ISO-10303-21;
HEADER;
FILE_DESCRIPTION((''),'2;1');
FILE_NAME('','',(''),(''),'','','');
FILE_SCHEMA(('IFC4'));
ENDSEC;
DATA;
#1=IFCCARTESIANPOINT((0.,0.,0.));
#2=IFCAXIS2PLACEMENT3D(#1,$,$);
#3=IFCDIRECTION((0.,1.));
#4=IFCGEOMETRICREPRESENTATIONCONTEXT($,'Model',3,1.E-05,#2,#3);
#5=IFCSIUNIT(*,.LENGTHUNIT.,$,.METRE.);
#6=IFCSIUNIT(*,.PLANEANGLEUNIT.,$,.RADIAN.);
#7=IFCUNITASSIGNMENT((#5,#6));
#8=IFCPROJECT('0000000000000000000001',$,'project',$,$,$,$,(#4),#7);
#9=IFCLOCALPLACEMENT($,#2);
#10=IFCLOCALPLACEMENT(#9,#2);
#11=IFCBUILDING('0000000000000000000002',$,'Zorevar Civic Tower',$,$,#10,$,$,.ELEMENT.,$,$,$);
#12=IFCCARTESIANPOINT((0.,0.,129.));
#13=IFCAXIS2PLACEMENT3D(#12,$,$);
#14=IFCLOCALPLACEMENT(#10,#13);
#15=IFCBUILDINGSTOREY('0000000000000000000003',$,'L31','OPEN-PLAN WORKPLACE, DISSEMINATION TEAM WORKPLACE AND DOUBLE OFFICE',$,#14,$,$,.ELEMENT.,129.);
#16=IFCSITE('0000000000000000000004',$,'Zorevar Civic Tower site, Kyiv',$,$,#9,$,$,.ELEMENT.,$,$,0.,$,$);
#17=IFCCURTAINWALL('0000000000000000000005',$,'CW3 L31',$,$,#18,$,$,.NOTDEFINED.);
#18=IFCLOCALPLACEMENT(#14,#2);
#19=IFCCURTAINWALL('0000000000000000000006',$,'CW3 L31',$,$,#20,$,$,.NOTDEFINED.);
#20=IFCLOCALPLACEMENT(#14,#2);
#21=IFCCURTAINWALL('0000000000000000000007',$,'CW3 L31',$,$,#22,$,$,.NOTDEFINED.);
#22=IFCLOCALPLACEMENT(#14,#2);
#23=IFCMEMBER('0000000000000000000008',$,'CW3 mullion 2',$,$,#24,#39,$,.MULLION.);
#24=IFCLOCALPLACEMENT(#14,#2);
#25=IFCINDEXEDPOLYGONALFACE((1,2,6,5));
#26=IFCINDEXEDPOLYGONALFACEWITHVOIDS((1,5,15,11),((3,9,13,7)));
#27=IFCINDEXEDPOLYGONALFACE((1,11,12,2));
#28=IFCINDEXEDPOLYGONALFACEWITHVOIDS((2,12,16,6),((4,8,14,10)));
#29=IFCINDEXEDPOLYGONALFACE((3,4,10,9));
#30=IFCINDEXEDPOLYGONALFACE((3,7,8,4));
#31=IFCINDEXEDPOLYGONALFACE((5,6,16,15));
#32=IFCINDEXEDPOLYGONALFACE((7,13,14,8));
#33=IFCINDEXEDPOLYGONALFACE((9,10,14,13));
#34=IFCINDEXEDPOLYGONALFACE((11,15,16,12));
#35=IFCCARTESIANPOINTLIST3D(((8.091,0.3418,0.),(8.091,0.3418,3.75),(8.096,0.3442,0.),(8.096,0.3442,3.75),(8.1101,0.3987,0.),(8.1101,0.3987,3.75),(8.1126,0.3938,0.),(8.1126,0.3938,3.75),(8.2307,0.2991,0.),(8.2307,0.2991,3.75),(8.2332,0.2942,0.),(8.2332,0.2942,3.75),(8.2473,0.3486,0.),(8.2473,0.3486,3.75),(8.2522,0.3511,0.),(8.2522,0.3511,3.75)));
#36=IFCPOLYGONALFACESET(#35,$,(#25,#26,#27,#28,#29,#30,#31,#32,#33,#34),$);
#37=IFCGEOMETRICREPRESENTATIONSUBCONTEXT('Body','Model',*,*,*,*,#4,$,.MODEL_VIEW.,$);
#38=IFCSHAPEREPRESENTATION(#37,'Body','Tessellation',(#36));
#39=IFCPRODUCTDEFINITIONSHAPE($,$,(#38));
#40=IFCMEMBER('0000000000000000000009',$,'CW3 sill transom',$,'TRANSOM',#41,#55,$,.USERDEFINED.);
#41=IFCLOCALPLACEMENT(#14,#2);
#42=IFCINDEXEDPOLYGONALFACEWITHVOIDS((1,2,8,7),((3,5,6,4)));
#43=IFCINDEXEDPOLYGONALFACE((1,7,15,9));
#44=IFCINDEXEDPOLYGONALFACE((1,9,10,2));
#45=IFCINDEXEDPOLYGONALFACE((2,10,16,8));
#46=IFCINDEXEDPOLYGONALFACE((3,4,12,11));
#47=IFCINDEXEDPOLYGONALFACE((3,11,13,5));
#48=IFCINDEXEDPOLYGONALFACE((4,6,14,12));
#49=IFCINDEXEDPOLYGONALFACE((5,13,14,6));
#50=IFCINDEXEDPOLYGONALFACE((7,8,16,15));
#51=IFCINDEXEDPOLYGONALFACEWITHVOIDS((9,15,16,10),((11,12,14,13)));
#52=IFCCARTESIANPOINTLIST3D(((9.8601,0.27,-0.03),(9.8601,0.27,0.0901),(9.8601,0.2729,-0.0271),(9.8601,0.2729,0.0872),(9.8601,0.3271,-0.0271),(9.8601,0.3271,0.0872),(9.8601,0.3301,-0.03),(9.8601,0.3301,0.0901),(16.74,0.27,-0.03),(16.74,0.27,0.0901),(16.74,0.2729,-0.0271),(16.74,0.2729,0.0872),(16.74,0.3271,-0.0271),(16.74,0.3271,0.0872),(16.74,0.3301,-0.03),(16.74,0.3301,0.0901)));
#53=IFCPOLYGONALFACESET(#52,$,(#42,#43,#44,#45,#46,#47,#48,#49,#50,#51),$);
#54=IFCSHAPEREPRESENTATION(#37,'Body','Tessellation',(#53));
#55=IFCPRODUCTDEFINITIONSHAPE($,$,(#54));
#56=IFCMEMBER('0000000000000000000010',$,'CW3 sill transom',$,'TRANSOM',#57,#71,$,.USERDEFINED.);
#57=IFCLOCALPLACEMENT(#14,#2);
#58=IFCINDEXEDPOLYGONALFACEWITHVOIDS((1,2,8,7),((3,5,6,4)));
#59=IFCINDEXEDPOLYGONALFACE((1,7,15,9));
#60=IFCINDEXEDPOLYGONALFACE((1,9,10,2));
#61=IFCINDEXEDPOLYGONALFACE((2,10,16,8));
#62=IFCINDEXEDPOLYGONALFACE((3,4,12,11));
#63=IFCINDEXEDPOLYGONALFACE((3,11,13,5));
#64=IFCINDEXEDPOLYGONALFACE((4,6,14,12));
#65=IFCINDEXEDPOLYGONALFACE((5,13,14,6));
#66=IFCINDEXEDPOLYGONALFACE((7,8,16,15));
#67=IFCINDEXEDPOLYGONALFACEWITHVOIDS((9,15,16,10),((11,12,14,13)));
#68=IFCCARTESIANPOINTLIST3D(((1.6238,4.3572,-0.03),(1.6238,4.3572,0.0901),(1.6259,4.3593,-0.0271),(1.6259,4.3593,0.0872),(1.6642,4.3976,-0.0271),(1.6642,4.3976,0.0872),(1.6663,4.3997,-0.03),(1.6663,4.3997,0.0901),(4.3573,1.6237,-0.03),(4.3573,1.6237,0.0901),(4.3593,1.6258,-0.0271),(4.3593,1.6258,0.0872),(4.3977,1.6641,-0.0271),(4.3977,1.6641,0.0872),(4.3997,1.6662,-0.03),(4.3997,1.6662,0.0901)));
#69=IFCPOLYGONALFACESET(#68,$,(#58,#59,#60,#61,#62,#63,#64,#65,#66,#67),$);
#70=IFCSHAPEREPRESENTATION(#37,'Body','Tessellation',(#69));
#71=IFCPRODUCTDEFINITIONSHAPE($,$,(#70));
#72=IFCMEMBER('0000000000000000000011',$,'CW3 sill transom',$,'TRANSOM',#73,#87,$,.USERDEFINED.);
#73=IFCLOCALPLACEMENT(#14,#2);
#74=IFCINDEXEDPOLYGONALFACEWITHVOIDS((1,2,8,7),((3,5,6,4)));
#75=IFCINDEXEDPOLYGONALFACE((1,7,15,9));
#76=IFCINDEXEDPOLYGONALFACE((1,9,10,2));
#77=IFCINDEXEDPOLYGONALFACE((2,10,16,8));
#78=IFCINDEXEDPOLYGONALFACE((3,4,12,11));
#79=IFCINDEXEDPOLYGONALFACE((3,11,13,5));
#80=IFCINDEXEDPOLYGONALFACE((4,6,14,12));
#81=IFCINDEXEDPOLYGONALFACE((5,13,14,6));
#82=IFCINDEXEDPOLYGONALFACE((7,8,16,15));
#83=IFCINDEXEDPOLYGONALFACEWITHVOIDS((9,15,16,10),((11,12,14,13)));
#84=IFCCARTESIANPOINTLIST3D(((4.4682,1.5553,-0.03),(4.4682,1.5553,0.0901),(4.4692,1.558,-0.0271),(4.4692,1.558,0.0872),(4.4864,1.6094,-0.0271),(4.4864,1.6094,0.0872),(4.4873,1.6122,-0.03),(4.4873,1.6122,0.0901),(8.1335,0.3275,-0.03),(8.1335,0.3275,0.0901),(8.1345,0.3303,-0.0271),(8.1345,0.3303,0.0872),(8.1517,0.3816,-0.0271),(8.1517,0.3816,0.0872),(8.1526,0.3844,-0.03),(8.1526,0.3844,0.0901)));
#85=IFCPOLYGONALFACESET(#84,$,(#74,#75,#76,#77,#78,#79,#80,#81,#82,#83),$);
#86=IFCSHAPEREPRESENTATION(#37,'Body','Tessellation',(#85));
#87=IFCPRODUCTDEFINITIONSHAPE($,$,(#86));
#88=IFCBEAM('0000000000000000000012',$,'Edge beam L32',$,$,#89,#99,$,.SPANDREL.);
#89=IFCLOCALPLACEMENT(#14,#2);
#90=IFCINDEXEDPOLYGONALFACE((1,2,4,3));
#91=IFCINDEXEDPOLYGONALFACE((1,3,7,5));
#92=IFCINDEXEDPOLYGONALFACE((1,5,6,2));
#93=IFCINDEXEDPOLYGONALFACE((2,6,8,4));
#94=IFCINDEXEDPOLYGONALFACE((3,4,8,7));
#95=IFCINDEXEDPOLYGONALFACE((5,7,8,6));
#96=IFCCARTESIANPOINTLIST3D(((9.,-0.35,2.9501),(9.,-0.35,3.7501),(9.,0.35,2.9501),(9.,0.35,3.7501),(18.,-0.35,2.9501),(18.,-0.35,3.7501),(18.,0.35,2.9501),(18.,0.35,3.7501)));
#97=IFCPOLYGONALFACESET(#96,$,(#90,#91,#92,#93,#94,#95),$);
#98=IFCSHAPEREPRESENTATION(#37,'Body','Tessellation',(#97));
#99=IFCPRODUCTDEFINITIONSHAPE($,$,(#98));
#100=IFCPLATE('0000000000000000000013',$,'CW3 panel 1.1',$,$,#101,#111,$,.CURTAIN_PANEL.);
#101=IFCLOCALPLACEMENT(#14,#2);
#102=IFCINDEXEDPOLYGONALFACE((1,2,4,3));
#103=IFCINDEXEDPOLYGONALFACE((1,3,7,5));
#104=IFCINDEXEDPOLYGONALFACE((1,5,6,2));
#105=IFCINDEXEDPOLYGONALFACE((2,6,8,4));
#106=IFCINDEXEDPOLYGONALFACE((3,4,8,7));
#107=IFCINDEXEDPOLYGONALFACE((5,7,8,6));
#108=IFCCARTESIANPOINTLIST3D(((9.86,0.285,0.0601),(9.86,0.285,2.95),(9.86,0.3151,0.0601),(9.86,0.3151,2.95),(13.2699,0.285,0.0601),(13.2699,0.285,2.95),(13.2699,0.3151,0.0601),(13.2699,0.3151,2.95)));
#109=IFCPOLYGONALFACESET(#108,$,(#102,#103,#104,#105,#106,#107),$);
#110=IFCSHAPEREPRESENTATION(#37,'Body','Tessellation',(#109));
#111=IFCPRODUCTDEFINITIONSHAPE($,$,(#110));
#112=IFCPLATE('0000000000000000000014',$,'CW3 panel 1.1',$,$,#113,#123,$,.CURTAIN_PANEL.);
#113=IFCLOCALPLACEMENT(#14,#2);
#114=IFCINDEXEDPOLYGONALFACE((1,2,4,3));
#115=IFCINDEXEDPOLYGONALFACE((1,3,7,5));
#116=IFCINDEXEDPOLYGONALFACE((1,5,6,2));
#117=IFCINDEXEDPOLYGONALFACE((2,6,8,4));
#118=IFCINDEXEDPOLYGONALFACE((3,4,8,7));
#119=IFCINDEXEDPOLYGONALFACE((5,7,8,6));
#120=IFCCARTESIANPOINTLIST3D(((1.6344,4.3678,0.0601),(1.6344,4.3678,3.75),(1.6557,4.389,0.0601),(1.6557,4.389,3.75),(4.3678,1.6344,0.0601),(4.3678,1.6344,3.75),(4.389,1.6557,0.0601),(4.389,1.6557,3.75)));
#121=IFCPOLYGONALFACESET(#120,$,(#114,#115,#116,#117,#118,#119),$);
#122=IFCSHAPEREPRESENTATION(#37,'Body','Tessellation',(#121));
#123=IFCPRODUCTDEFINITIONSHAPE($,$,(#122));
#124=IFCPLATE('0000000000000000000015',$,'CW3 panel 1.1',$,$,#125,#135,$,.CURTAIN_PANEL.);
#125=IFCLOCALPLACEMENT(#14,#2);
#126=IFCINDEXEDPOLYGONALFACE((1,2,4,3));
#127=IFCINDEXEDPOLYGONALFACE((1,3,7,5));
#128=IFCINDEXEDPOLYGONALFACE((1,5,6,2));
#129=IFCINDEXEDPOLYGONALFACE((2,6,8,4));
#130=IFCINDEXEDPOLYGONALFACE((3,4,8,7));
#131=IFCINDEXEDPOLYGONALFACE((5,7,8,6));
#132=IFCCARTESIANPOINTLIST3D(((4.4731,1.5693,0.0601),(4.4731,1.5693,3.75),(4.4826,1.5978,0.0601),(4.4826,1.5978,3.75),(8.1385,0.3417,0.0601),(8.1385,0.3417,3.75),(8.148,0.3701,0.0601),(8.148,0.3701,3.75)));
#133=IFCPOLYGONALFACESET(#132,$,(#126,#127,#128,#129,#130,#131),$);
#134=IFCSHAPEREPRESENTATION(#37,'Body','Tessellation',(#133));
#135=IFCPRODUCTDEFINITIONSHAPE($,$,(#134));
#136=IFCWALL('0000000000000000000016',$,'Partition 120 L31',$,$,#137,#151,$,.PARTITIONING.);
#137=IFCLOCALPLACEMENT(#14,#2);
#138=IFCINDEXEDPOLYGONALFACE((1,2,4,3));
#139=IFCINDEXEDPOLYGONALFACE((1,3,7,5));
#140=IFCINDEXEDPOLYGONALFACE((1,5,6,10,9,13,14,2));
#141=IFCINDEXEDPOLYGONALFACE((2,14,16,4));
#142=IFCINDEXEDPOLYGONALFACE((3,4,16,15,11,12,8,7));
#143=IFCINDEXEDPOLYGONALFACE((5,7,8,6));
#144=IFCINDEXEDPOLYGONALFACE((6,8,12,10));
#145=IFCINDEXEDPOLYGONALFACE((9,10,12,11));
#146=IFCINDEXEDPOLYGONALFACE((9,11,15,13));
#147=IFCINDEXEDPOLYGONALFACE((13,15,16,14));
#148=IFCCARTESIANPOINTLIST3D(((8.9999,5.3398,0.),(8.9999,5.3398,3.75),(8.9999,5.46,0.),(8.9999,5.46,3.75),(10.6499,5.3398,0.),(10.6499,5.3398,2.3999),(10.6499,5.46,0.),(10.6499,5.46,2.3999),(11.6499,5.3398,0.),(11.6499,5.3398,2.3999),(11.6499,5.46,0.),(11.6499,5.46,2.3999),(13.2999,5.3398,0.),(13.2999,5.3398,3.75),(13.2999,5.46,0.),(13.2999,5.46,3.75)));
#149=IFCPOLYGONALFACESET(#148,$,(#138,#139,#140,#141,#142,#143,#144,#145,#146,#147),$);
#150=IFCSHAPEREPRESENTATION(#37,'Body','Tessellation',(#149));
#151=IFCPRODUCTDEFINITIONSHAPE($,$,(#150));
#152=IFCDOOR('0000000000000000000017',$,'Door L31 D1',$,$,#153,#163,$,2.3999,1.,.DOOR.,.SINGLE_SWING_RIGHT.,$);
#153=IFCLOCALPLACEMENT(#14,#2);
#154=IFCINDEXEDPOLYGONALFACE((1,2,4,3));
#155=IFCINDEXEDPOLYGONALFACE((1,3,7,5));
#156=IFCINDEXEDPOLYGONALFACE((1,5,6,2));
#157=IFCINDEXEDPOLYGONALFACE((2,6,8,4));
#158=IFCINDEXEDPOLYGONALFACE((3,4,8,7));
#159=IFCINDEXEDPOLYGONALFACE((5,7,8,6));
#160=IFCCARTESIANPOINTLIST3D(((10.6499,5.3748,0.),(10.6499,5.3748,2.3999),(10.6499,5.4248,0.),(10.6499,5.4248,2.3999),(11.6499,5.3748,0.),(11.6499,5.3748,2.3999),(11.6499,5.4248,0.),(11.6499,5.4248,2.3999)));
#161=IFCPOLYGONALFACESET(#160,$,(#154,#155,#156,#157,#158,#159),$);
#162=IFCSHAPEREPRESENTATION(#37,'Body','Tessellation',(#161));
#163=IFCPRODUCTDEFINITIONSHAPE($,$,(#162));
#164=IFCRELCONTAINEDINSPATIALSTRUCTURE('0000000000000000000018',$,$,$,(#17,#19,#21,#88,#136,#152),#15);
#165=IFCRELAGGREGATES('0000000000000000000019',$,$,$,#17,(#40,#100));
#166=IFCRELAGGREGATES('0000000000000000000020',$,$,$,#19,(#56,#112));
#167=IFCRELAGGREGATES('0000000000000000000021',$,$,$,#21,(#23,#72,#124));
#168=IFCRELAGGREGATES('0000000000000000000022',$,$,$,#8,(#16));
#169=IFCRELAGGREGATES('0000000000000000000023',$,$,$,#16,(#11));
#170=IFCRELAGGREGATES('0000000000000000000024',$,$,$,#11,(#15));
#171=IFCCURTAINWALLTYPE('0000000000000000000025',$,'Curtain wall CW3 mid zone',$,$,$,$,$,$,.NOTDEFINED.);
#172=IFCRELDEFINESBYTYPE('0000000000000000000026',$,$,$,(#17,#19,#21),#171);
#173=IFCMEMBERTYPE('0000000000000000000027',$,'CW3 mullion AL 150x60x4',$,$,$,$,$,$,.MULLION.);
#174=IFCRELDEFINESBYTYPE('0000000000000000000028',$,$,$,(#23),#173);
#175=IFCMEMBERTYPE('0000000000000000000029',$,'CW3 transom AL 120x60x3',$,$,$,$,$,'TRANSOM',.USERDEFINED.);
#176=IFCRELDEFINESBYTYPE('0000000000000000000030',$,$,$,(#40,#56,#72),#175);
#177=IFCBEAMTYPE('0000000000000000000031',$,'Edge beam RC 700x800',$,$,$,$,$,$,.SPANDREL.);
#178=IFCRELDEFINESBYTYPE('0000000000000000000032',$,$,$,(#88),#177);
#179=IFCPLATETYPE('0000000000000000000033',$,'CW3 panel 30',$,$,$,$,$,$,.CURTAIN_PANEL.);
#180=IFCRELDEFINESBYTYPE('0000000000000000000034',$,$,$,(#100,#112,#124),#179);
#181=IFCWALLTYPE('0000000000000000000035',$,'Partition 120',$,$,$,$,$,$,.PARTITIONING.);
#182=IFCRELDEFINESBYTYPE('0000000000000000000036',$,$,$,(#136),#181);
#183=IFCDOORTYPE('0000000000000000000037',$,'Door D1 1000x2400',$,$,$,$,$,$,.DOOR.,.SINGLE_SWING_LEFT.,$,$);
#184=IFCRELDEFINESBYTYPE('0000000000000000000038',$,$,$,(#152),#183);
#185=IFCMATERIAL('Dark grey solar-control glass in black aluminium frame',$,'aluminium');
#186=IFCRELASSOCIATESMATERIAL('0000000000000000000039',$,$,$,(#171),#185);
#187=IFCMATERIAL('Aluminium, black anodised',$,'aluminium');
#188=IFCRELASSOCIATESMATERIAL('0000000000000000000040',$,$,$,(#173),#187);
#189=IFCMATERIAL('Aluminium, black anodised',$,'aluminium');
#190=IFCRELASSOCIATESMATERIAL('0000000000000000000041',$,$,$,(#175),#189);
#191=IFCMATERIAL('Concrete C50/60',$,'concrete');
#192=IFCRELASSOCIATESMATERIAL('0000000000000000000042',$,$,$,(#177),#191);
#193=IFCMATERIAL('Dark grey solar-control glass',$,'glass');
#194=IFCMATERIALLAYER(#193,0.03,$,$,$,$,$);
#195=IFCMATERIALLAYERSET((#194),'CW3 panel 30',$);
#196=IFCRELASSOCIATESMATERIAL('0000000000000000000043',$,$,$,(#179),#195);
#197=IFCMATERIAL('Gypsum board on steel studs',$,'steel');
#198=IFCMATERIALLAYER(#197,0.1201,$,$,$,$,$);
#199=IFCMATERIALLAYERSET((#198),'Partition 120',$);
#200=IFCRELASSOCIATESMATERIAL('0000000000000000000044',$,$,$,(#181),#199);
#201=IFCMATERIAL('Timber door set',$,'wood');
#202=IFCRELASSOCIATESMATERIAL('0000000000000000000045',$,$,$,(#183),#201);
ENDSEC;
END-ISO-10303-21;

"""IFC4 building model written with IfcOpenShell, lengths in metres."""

from ifc_helpers import new_model, si_unit, direction, frame, frame_2d, origin, origin_2d, place, context, subcontext, project, spatial, rectangle, hollow_rectangle, extrude, material, layer, layer_set, material_profile, profile_set, type_object, element, fill, aggregate, save


model = new_model("IFC4")

# Units and contexts
model_context = context("Model", 3, precision=1e-05, world=origin(), true_north=direction((0.0, 1.0)))
body_context = subcontext(model_context, "Body", "Model", "MODEL_VIEW")
ifc_project = project(units=[si_unit("LENGTHUNIT", "METRE"), si_unit("PLANEANGLEUNIT", "RADIAN")], contexts=[model_context])

# Site, building, storey
site_placement = place(None, origin())
site = spatial("IfcSite", under=ifc_project, at=site_placement, Name="Zorevar Civic Tower site, Kyiv", CompositionType="ELEMENT", RefElevation=0.0)
building_placement = place(site_placement, origin())
building = spatial("IfcBuilding", under=site, at=building_placement, Name="Zorevar Civic Tower", CompositionType="ELEMENT")
storey_placement = place(building_placement, frame((0.0, 0.0, 129.0)))
storey = spatial("IfcBuildingStorey", under=building, at=storey_placement, Name="L31", Description="OPEN-PLAN WORKPLACE, DISSEMINATION TEAM WORKPLACE AND DOUBLE OFFICE", CompositionType="ELEMENT", Elevation=129.0)

# Curtain wall
ifc_material_1 = material(Name="Dark grey solar-control glass in black aluminium frame", Category="aluminium")
curtain_wall_type = type_object("IfcCurtainWallType", Name="Curtain wall CW3 mid zone", PredefinedType="NOTDEFINED", material=ifc_material_1)
curtain_wall_1_placement = place(storey_placement, origin())
curtain_wall_1 = element("IfcCurtainWall", 1, at=curtain_wall_1_placement, inside=storey, type_object=curtain_wall_type, Name="CW3 L31", PredefinedType="NOTDEFINED")
ifc_material_2 = material(Name="Aluminium, black anodised", Category="aluminium")
ifc_material_profile_1 = material_profile(ifc_material_2, hollow_rectangle(XDim=0.0601, YDim=0.1499, WallThickness=0.0039, at=origin_2d()), Name="AL 150x60x4")
ifc_profile_set_1 = profile_set([ifc_material_profile_1], Name="Aluminium, black anodised")
member_type_1 = type_object("IfcMemberType", Name="CW3 mullion AL 150x60x4", PredefinedType="MULLION", material=ifc_profile_set_1)

# Curtain walls, member
curtain_wall_2_placement = place(storey_placement, origin())
curtain_wall_2 = element("IfcCurtainWall", 2, at=curtain_wall_2_placement, inside=storey, type_object=curtain_wall_type, Name="CW3 L31", PredefinedType="NOTDEFINED")
curtain_wall_3_placement = place(storey_placement, origin())
curtain_wall_3 = element("IfcCurtainWall", 3, at=curtain_wall_3_placement, inside=storey, type_object=curtain_wall_type, Name="CW3 L31", PredefinedType="NOTDEFINED")
member_1_placement = place(storey_placement, frame((8.1716, 0.3464, 0.0), z_axis=(0.0, 0.0, 1.0), x_axis=(0.317593, 0.948227, 0.0)))
member_1 = element("IfcMember", 4, at=member_1_placement, type_object=member_type_1, Name="CW3 mullion 2", PredefinedType="MULLION", context=body_context, shape_type="SweptSolid", body=[
    extrude(hollow_rectangle(XDim=0.0601, YDim=0.1499, WallThickness=0.0039, at=origin_2d()), origin(), (0.0, 0.0, 1.0), 3.75),
])

# Members
ifc_material_3 = material(Name="Aluminium, black anodised", Category="aluminium")
ifc_material_profile_2 = material_profile(ifc_material_3, hollow_rectangle(XDim=0.0601, YDim=0.1201, WallThickness=0.0029, at=origin_2d()), Name="AL 120x60x3")
ifc_profile_set_2 = profile_set([ifc_material_profile_2], Name="Aluminium, black anodised")
member_type_2 = type_object("IfcMemberType", Name="CW3 transom AL 120x60x3", ElementType="TRANSOM", PredefinedType="USERDEFINED", material=ifc_profile_set_2)
member_2_placement = place(storey_placement, frame((9.8601, 0.3, 0.03), z_axis=(1.0, 0.0, 0.0), x_axis=(0.0, 1.0, 0.0)))
member_2 = element("IfcMember", 5, at=member_2_placement, type_object=member_type_2, Name="CW3 sill transom", ObjectType="TRANSOM", PredefinedType="USERDEFINED", context=body_context, shape_type="SweptSolid", body=[
    extrude(hollow_rectangle(XDim=0.0601, YDim=0.1201, WallThickness=0.0029, at=origin_2d()), origin(), (0.0, 0.0, 1.0), 6.8799),
])
member_3_placement = place(storey_placement, frame((1.645, 4.3784, 0.03), z_axis=(0.707107, -0.707107, 0.0), x_axis=(0.707107, 0.707107, 0.0)))
member_3 = element("IfcMember", 6, at=member_3_placement, type_object=member_type_2, Name="CW3 sill transom", ObjectType="TRANSOM", PredefinedType="USERDEFINED", context=body_context, shape_type="SweptSolid", body=[
    extrude(hollow_rectangle(XDim=0.0601, YDim=0.1201, WallThickness=0.0029, at=origin_2d()), origin(), (0.0, 0.0, 1.0), 3.8657),
])
member_4_placement = place(storey_placement, frame((4.4778, 1.5837, 0.03), z_axis=(0.948215, -0.31763, 0.0), x_axis=(0.31763, 0.948215, 0.0)))
member_4 = element("IfcMember", 7, at=member_4_placement, type_object=member_type_2, Name="CW3 sill transom", ObjectType="TRANSOM", PredefinedType="USERDEFINED", context=body_context, shape_type="SweptSolid", body=[
    extrude(hollow_rectangle(XDim=0.0601, YDim=0.1201, WallThickness=0.0029, at=origin_2d()), origin(), (0.0, 0.0, 1.0), 3.8655),
])

# Beam
ifc_material_4 = material(Name="Concrete C50/60", Category="concrete")
ifc_material_profile_3 = material_profile(ifc_material_4, rectangle(XDim=0.7, YDim=0.8, at=origin_2d()), Name="RC 700x800")
ifc_profile_set_3 = profile_set([ifc_material_profile_3], Name="Concrete C50/60")
beam_type_1 = type_object("IfcBeamType", Name="Edge beam RC 700x800", PredefinedType="SPANDREL", material=ifc_profile_set_3)
beam_1_placement = place(storey_placement, frame((9.0, 0.0, 3.3501), z_axis=(1.0, 0.0, 0.0), x_axis=(0.0, 1.0, 0.0)))
element("IfcBeam", 8, at=beam_1_placement, inside=storey, type_object=beam_type_1, Name="Edge beam L32", PredefinedType="SPANDREL", context=body_context, shape_type="SweptSolid", body=[
    extrude(rectangle(XDim=0.7, YDim=0.8, at=origin_2d()), origin(), (0.0, 0.0, 1.0), 9.0),
])

# Plates
ifc_material_5 = material(Name="Dark grey solar-control glass", Category="glass")
ifc_layer_1 = layer(ifc_material_5, 0.03)
ifc_layer_set_1 = layer_set([ifc_layer_1], Name="CW3 panel 30")
plate_type = type_object("IfcPlateType", Name="CW3 panel 30", PredefinedType="CURTAIN_PANEL", material=ifc_layer_set_1)
plate_1_placement = place(storey_placement, frame((11.5649, 0.3, 0.0601), z_axis=(0.0, 0.0, 1.0), x_axis=(1.0, 0.0, 0.0)))
plate_1 = element("IfcPlate", 9, at=plate_1_placement, type_object=plate_type, Name="CW3 panel 1.1", PredefinedType="CURTAIN_PANEL", context=body_context, shape_type="SweptSolid", body=[
    extrude(rectangle(XDim=3.4099, YDim=0.03, at=origin_2d()), origin(), (0.0, 0.0, 1.0), 2.8899),
])
aggregate(curtain_wall_1, [member_2, plate_1])
plate_2_placement = place(storey_placement, frame((3.0117, 3.0117, 0.0601), z_axis=(0.0, 0.0, 1.0), x_axis=(0.707107, -0.707107, 0.0)))
plate_2 = element("IfcPlate", 10, at=plate_2_placement, type_object=plate_type, Name="CW3 panel 1.1", PredefinedType="CURTAIN_PANEL", context=body_context, shape_type="SweptSolid", body=[
    extrude(rectangle(XDim=3.8655, YDim=0.03, at=origin_2d()), origin(), (0.0, 0.0, 1.0), 3.6899),
])
aggregate(curtain_wall_2, [member_3, plate_2])
plate_3_placement = place(storey_placement, frame((6.3105, 0.9697, 0.0601), z_axis=(0.0, 0.0, 1.0), x_axis=(0.948227, -0.317593, 0.0)))
plate_3 = element("IfcPlate", 11, at=plate_3_placement, type_object=plate_type, Name="CW3 panel 1.1", PredefinedType="CURTAIN_PANEL", context=body_context, shape_type="SweptSolid", body=[
    extrude(rectangle(XDim=3.8655, YDim=0.03, at=origin_2d()), origin(), (0.0, 0.0, 1.0), 3.6899),
])
aggregate(curtain_wall_3, [member_1, member_4, plate_3])

# Wall, opening, door
ifc_material_6 = material(Name="Gypsum board on steel studs", Category="steel")
ifc_layer_2 = layer(ifc_material_6, 0.1201)
ifc_layer_set_2 = layer_set([ifc_layer_2], Name="Partition 120")
wall_type = type_object("IfcWallType", Name="Partition 120", PredefinedType="PARTITIONING", material=ifc_layer_set_2)
wall_1_placement = place(storey_placement, frame((9.0, 5.3999, 0.0), z_axis=(0.0, 0.0, 1.0), x_axis=(1.0, 0.0, 0.0)))
wall_1 = element("IfcWall", 12, at=wall_1_placement, inside=storey, type_object=wall_type, Name="Partition 120 L31", PredefinedType="PARTITIONING", context=body_context, shape_type="SweptSolid", body=[
    extrude(rectangle(XDim=4.3, YDim=0.1201, at=frame_2d((2.1499, 0.0))), origin(), (0.0, 0.0, 1.0), 3.75),
])
opening_1_placement = place(wall_1_placement, frame((1.6499, 0.0, 0.0)))
opening_1 = element("IfcOpeningElement", 13, at=opening_1_placement, cuts=wall_1, PredefinedType="OPENING", context=body_context, shape_type="SweptSolid", body=[
    extrude(rectangle(XDim=1.0, YDim=2.3999, at=frame_2d((0.5, 1.2))), frame((0.0, 0.0701, 0.0), z_axis=(0.0, -1.0, 0.0), x_axis=(1.0, 0.0, 0.0)), (0.0, 0.0, 1.0), 0.1401),
])
ifc_material_7 = material(Name="Timber door set", Category="wood")
door_type = type_object("IfcDoorType", Name="Door D1 1000x2400", OperationType="SINGLE_SWING_LEFT", PredefinedType="DOOR", material=ifc_material_7)
door_1_placement = place(opening_1_placement, origin())
door_1 = element("IfcDoor", 14, at=door_1_placement, inside=storey, type_object=door_type, Name="Door L31 D1", OperationType="SINGLE_SWING_RIGHT", OverallHeight=2.3999, OverallWidth=1.0, PredefinedType="DOOR", context=body_context, shape_type="SweptSolid", body=[
    extrude(rectangle(XDim=1.0, YDim=2.3999, at=frame_2d((0.5, 1.2))), frame((0.0, 0.0249, 0.0), z_axis=(0.0, -1.0, 0.0), x_axis=(1.0, 0.0, 0.0)), (0.0, 0.0, 1.0), 0.05),
])
fill(opening_1, door_1)

save(model, "model.ifc")
